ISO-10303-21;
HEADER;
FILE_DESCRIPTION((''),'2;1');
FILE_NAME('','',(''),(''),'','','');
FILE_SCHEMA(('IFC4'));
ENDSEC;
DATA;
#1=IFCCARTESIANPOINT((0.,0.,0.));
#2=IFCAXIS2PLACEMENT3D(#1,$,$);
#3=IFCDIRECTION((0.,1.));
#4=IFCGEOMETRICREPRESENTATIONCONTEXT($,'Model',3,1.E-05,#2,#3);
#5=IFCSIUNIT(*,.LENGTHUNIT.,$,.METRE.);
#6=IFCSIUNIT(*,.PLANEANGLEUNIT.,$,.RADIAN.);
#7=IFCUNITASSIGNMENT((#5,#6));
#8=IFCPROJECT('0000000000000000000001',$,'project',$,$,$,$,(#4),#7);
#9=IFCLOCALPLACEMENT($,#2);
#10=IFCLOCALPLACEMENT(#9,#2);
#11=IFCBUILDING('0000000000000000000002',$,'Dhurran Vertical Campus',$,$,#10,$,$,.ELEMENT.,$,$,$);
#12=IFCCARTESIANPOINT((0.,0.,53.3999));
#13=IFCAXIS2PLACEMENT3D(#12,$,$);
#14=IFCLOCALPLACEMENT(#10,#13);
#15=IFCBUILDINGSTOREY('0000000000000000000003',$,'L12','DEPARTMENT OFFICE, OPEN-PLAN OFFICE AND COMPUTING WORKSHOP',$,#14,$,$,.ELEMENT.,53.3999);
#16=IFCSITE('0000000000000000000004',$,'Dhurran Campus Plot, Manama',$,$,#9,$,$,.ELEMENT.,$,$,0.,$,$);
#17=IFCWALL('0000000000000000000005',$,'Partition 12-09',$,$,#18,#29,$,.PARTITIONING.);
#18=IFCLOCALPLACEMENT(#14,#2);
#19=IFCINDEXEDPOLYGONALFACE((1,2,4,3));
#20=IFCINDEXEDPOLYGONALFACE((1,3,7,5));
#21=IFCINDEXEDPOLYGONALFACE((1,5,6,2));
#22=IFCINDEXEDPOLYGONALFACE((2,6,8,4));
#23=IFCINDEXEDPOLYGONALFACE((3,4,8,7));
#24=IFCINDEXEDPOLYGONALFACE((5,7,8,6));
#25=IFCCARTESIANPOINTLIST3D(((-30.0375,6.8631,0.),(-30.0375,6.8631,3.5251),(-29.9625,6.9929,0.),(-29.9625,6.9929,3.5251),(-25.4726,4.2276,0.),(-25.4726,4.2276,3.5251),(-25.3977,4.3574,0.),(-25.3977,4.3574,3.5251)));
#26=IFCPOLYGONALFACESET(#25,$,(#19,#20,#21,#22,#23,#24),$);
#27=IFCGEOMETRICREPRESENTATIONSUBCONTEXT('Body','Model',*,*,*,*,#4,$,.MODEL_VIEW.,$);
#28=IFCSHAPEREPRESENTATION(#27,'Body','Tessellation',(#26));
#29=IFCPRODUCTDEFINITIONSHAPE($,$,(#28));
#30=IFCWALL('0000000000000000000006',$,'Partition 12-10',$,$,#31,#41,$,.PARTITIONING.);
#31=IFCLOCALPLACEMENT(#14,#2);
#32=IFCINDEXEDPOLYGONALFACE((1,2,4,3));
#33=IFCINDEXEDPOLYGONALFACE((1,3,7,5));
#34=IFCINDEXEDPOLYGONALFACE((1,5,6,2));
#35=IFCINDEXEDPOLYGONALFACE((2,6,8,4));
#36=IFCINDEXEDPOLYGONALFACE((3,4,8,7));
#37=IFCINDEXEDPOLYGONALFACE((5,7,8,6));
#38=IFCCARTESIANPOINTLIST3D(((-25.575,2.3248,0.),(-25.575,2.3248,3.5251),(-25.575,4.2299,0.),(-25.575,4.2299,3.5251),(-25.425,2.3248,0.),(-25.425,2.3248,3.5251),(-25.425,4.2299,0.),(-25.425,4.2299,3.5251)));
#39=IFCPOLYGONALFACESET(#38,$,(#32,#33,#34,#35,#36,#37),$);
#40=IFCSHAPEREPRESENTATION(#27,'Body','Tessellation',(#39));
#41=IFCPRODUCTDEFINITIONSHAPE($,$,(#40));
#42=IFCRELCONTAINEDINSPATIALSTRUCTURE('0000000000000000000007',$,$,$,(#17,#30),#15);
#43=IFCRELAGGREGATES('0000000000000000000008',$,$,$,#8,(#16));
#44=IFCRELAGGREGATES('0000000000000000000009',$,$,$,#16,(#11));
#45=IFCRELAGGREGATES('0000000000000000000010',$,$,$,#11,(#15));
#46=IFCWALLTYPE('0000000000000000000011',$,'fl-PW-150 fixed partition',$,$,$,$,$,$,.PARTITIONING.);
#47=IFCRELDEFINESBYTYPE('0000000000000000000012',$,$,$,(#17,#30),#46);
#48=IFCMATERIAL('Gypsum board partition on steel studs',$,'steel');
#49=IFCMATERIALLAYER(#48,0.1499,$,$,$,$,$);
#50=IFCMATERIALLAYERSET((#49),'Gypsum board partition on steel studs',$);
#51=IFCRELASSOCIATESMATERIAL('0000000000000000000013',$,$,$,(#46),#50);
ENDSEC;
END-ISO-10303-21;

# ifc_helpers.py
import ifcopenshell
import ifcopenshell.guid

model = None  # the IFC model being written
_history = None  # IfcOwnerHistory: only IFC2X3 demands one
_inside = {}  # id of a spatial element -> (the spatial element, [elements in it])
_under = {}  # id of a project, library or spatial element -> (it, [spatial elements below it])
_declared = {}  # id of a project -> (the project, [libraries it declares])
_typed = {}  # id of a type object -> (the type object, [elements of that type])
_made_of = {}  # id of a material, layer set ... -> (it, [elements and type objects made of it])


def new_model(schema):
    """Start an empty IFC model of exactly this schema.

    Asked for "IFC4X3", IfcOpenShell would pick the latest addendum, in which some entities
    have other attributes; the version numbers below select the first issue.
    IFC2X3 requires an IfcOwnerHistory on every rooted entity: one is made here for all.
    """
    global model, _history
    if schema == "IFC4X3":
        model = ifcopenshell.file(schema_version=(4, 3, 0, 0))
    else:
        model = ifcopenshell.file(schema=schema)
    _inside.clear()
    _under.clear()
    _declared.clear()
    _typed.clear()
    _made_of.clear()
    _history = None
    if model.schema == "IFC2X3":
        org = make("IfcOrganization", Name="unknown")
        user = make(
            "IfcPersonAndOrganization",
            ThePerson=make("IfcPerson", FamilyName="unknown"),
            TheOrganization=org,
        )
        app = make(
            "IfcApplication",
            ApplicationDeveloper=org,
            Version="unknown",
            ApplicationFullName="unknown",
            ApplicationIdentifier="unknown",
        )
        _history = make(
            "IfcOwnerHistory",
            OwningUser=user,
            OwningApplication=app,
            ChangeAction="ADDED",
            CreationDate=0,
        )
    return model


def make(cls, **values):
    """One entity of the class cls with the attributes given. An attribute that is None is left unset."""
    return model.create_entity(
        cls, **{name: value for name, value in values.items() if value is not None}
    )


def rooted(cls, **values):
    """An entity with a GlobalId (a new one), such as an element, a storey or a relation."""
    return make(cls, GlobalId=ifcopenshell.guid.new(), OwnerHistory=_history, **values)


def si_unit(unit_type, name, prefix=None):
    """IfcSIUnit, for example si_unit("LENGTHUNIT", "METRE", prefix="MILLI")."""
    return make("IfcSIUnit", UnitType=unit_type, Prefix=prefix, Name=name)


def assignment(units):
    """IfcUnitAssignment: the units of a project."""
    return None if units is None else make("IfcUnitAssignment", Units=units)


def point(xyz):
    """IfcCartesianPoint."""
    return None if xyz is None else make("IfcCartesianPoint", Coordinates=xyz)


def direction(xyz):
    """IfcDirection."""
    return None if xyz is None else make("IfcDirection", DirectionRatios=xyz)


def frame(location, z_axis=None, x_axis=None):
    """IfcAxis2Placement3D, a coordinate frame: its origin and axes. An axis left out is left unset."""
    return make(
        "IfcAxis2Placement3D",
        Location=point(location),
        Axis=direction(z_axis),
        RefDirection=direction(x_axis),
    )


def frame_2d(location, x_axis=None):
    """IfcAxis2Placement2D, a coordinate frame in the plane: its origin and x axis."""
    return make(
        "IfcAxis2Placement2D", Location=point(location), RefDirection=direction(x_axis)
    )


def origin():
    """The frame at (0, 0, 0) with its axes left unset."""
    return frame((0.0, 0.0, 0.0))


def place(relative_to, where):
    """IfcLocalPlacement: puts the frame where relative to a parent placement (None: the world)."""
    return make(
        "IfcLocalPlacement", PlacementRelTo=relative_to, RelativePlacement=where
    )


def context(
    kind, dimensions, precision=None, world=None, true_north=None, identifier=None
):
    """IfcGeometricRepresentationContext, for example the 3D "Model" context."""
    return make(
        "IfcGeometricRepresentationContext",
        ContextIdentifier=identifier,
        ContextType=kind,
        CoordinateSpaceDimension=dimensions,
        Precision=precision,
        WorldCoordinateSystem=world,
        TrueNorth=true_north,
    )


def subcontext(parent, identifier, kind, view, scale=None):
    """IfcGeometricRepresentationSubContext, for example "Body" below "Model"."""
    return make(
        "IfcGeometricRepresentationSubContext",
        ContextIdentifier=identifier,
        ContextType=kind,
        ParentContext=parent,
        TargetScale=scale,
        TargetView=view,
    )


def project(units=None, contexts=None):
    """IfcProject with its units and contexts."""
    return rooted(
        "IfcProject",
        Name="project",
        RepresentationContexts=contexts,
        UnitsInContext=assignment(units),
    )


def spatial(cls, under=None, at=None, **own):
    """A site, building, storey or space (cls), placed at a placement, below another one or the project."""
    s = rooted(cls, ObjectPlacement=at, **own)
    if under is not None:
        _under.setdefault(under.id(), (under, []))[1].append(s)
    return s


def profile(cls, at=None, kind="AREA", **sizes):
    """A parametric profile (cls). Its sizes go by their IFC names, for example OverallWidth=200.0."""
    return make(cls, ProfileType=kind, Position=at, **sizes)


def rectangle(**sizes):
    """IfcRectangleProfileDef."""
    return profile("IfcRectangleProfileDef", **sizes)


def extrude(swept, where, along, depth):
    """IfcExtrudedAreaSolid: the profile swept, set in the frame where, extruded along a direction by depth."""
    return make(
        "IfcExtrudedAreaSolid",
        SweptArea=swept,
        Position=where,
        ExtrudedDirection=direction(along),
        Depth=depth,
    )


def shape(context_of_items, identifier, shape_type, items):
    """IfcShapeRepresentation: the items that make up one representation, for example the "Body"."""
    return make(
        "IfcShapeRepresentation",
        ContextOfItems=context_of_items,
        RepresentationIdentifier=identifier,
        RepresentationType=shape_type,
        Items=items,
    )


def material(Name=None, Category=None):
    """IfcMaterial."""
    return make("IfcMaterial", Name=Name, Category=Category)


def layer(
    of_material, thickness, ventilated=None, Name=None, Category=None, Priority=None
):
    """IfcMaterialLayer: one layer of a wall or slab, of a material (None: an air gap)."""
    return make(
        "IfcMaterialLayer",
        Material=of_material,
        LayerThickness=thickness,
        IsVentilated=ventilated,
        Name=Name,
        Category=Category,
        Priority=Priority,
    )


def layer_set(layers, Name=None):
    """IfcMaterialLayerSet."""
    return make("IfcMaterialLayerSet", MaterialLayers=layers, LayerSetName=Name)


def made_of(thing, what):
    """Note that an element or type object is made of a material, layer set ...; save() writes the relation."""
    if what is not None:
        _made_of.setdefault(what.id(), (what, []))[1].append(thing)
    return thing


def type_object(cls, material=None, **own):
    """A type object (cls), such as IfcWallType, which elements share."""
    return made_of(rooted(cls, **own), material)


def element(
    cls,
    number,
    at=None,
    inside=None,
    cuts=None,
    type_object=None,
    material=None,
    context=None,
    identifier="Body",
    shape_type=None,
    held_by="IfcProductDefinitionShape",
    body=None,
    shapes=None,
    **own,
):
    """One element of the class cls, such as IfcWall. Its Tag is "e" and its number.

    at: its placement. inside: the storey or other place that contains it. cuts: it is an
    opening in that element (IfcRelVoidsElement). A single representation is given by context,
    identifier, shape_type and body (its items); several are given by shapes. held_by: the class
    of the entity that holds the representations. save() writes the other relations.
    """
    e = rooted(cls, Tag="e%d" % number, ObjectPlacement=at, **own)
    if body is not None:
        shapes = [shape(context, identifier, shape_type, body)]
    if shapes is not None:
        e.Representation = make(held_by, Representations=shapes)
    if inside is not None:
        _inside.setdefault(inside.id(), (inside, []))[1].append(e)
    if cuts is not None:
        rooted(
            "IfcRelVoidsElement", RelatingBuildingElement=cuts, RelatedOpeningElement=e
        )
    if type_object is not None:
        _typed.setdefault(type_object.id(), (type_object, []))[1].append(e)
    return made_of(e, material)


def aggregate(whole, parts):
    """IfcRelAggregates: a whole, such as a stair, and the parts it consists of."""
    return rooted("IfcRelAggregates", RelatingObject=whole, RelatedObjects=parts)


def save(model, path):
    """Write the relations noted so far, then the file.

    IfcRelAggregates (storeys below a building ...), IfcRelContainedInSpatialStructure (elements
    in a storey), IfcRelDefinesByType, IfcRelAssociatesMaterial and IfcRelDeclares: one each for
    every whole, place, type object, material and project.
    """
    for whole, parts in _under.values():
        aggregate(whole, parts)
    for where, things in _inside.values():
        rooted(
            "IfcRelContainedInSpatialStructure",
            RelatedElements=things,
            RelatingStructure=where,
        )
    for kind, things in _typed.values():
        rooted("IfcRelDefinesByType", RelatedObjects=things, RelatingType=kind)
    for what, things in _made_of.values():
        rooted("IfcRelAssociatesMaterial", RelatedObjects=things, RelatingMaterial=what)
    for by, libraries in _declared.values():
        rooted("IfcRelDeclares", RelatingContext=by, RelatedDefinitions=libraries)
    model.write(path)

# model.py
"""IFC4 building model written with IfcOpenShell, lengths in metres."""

from ifc_helpers import new_model, si_unit, direction, frame, frame_2d, origin, place, context, subcontext, project, spatial, rectangle, extrude, material, layer, layer_set, type_object, element, save


model = new_model("IFC4")

# Units and contexts
model_context = context("Model", 3, precision=1e-05, world=origin(), true_north=direction((0.0, 1.0)))
body_context = subcontext(model_context, "Body", "Model", "MODEL_VIEW")
ifc_project = project(units=[si_unit("LENGTHUNIT", "METRE"), si_unit("PLANEANGLEUNIT", "RADIAN")], contexts=[model_context])

# Site, building, storey
site_placement = place(None, origin())
site = spatial("IfcSite", under=ifc_project, at=site_placement, Name="Dhurran Campus Plot, Manama", CompositionType="ELEMENT", RefElevation=0.0)
building_placement = place(site_placement, origin())
building = spatial("IfcBuilding", under=site, at=building_placement, Name="Dhurran Vertical Campus", CompositionType="ELEMENT")
storey_placement = place(building_placement, frame((0.0, 0.0, 53.3999)))
storey = spatial("IfcBuildingStorey", under=building, at=storey_placement, Name="L12", Description="DEPARTMENT OFFICE, OPEN-PLAN OFFICE AND COMPUTING WORKSHOP", CompositionType="ELEMENT", Elevation=53.3999)

# Walls
ifc_material_1 = material(Name="Gypsum board partition on steel studs", Category="steel")
ifc_layer_1 = layer(ifc_material_1, 0.1499)
ifc_layer_set_1 = layer_set([ifc_layer_1], Name="Gypsum board partition on steel studs")
wall_type_1 = type_object("IfcWallType", Name="fl-PW-150 fixed partition", PredefinedType="PARTITIONING", material=ifc_layer_set_1)
wall_1_placement = place(storey_placement, frame((-30.0, 6.928, 0.0), z_axis=(0.0, 0.0, 1.0), x_axis=(0.866031, -0.49999, 0.0)))
element("IfcWall", 1, at=wall_1_placement, inside=storey, type_object=wall_type_1, Name="Partition 12-09", PredefinedType="PARTITIONING", context=body_context, shape_type="SweptSolid", body=[
    extrude(rectangle(XDim=5.271, YDim=0.1499, at=frame_2d((2.6355, 0.0))), origin(), (0.0, 0.0, 1.0), 3.5251),
])
wall_2_placement = place(storey_placement, frame((-25.5, 4.23, 0.0), z_axis=(0.0, 0.0, 1.0), x_axis=(0.0, -1.0, 0.0)))
element("IfcWall", 2, at=wall_2_placement, inside=storey, type_object=wall_type_1, Name="Partition 12-10", PredefinedType="PARTITIONING", context=body_context, shape_type="SweptSolid", body=[
    extrude(rectangle(XDim=1.905, YDim=0.1499, at=frame_2d((0.9526, 0.0))), origin(), (0.0, 0.0, 1.0), 3.5251),
])

save(model, "model.ifc")
